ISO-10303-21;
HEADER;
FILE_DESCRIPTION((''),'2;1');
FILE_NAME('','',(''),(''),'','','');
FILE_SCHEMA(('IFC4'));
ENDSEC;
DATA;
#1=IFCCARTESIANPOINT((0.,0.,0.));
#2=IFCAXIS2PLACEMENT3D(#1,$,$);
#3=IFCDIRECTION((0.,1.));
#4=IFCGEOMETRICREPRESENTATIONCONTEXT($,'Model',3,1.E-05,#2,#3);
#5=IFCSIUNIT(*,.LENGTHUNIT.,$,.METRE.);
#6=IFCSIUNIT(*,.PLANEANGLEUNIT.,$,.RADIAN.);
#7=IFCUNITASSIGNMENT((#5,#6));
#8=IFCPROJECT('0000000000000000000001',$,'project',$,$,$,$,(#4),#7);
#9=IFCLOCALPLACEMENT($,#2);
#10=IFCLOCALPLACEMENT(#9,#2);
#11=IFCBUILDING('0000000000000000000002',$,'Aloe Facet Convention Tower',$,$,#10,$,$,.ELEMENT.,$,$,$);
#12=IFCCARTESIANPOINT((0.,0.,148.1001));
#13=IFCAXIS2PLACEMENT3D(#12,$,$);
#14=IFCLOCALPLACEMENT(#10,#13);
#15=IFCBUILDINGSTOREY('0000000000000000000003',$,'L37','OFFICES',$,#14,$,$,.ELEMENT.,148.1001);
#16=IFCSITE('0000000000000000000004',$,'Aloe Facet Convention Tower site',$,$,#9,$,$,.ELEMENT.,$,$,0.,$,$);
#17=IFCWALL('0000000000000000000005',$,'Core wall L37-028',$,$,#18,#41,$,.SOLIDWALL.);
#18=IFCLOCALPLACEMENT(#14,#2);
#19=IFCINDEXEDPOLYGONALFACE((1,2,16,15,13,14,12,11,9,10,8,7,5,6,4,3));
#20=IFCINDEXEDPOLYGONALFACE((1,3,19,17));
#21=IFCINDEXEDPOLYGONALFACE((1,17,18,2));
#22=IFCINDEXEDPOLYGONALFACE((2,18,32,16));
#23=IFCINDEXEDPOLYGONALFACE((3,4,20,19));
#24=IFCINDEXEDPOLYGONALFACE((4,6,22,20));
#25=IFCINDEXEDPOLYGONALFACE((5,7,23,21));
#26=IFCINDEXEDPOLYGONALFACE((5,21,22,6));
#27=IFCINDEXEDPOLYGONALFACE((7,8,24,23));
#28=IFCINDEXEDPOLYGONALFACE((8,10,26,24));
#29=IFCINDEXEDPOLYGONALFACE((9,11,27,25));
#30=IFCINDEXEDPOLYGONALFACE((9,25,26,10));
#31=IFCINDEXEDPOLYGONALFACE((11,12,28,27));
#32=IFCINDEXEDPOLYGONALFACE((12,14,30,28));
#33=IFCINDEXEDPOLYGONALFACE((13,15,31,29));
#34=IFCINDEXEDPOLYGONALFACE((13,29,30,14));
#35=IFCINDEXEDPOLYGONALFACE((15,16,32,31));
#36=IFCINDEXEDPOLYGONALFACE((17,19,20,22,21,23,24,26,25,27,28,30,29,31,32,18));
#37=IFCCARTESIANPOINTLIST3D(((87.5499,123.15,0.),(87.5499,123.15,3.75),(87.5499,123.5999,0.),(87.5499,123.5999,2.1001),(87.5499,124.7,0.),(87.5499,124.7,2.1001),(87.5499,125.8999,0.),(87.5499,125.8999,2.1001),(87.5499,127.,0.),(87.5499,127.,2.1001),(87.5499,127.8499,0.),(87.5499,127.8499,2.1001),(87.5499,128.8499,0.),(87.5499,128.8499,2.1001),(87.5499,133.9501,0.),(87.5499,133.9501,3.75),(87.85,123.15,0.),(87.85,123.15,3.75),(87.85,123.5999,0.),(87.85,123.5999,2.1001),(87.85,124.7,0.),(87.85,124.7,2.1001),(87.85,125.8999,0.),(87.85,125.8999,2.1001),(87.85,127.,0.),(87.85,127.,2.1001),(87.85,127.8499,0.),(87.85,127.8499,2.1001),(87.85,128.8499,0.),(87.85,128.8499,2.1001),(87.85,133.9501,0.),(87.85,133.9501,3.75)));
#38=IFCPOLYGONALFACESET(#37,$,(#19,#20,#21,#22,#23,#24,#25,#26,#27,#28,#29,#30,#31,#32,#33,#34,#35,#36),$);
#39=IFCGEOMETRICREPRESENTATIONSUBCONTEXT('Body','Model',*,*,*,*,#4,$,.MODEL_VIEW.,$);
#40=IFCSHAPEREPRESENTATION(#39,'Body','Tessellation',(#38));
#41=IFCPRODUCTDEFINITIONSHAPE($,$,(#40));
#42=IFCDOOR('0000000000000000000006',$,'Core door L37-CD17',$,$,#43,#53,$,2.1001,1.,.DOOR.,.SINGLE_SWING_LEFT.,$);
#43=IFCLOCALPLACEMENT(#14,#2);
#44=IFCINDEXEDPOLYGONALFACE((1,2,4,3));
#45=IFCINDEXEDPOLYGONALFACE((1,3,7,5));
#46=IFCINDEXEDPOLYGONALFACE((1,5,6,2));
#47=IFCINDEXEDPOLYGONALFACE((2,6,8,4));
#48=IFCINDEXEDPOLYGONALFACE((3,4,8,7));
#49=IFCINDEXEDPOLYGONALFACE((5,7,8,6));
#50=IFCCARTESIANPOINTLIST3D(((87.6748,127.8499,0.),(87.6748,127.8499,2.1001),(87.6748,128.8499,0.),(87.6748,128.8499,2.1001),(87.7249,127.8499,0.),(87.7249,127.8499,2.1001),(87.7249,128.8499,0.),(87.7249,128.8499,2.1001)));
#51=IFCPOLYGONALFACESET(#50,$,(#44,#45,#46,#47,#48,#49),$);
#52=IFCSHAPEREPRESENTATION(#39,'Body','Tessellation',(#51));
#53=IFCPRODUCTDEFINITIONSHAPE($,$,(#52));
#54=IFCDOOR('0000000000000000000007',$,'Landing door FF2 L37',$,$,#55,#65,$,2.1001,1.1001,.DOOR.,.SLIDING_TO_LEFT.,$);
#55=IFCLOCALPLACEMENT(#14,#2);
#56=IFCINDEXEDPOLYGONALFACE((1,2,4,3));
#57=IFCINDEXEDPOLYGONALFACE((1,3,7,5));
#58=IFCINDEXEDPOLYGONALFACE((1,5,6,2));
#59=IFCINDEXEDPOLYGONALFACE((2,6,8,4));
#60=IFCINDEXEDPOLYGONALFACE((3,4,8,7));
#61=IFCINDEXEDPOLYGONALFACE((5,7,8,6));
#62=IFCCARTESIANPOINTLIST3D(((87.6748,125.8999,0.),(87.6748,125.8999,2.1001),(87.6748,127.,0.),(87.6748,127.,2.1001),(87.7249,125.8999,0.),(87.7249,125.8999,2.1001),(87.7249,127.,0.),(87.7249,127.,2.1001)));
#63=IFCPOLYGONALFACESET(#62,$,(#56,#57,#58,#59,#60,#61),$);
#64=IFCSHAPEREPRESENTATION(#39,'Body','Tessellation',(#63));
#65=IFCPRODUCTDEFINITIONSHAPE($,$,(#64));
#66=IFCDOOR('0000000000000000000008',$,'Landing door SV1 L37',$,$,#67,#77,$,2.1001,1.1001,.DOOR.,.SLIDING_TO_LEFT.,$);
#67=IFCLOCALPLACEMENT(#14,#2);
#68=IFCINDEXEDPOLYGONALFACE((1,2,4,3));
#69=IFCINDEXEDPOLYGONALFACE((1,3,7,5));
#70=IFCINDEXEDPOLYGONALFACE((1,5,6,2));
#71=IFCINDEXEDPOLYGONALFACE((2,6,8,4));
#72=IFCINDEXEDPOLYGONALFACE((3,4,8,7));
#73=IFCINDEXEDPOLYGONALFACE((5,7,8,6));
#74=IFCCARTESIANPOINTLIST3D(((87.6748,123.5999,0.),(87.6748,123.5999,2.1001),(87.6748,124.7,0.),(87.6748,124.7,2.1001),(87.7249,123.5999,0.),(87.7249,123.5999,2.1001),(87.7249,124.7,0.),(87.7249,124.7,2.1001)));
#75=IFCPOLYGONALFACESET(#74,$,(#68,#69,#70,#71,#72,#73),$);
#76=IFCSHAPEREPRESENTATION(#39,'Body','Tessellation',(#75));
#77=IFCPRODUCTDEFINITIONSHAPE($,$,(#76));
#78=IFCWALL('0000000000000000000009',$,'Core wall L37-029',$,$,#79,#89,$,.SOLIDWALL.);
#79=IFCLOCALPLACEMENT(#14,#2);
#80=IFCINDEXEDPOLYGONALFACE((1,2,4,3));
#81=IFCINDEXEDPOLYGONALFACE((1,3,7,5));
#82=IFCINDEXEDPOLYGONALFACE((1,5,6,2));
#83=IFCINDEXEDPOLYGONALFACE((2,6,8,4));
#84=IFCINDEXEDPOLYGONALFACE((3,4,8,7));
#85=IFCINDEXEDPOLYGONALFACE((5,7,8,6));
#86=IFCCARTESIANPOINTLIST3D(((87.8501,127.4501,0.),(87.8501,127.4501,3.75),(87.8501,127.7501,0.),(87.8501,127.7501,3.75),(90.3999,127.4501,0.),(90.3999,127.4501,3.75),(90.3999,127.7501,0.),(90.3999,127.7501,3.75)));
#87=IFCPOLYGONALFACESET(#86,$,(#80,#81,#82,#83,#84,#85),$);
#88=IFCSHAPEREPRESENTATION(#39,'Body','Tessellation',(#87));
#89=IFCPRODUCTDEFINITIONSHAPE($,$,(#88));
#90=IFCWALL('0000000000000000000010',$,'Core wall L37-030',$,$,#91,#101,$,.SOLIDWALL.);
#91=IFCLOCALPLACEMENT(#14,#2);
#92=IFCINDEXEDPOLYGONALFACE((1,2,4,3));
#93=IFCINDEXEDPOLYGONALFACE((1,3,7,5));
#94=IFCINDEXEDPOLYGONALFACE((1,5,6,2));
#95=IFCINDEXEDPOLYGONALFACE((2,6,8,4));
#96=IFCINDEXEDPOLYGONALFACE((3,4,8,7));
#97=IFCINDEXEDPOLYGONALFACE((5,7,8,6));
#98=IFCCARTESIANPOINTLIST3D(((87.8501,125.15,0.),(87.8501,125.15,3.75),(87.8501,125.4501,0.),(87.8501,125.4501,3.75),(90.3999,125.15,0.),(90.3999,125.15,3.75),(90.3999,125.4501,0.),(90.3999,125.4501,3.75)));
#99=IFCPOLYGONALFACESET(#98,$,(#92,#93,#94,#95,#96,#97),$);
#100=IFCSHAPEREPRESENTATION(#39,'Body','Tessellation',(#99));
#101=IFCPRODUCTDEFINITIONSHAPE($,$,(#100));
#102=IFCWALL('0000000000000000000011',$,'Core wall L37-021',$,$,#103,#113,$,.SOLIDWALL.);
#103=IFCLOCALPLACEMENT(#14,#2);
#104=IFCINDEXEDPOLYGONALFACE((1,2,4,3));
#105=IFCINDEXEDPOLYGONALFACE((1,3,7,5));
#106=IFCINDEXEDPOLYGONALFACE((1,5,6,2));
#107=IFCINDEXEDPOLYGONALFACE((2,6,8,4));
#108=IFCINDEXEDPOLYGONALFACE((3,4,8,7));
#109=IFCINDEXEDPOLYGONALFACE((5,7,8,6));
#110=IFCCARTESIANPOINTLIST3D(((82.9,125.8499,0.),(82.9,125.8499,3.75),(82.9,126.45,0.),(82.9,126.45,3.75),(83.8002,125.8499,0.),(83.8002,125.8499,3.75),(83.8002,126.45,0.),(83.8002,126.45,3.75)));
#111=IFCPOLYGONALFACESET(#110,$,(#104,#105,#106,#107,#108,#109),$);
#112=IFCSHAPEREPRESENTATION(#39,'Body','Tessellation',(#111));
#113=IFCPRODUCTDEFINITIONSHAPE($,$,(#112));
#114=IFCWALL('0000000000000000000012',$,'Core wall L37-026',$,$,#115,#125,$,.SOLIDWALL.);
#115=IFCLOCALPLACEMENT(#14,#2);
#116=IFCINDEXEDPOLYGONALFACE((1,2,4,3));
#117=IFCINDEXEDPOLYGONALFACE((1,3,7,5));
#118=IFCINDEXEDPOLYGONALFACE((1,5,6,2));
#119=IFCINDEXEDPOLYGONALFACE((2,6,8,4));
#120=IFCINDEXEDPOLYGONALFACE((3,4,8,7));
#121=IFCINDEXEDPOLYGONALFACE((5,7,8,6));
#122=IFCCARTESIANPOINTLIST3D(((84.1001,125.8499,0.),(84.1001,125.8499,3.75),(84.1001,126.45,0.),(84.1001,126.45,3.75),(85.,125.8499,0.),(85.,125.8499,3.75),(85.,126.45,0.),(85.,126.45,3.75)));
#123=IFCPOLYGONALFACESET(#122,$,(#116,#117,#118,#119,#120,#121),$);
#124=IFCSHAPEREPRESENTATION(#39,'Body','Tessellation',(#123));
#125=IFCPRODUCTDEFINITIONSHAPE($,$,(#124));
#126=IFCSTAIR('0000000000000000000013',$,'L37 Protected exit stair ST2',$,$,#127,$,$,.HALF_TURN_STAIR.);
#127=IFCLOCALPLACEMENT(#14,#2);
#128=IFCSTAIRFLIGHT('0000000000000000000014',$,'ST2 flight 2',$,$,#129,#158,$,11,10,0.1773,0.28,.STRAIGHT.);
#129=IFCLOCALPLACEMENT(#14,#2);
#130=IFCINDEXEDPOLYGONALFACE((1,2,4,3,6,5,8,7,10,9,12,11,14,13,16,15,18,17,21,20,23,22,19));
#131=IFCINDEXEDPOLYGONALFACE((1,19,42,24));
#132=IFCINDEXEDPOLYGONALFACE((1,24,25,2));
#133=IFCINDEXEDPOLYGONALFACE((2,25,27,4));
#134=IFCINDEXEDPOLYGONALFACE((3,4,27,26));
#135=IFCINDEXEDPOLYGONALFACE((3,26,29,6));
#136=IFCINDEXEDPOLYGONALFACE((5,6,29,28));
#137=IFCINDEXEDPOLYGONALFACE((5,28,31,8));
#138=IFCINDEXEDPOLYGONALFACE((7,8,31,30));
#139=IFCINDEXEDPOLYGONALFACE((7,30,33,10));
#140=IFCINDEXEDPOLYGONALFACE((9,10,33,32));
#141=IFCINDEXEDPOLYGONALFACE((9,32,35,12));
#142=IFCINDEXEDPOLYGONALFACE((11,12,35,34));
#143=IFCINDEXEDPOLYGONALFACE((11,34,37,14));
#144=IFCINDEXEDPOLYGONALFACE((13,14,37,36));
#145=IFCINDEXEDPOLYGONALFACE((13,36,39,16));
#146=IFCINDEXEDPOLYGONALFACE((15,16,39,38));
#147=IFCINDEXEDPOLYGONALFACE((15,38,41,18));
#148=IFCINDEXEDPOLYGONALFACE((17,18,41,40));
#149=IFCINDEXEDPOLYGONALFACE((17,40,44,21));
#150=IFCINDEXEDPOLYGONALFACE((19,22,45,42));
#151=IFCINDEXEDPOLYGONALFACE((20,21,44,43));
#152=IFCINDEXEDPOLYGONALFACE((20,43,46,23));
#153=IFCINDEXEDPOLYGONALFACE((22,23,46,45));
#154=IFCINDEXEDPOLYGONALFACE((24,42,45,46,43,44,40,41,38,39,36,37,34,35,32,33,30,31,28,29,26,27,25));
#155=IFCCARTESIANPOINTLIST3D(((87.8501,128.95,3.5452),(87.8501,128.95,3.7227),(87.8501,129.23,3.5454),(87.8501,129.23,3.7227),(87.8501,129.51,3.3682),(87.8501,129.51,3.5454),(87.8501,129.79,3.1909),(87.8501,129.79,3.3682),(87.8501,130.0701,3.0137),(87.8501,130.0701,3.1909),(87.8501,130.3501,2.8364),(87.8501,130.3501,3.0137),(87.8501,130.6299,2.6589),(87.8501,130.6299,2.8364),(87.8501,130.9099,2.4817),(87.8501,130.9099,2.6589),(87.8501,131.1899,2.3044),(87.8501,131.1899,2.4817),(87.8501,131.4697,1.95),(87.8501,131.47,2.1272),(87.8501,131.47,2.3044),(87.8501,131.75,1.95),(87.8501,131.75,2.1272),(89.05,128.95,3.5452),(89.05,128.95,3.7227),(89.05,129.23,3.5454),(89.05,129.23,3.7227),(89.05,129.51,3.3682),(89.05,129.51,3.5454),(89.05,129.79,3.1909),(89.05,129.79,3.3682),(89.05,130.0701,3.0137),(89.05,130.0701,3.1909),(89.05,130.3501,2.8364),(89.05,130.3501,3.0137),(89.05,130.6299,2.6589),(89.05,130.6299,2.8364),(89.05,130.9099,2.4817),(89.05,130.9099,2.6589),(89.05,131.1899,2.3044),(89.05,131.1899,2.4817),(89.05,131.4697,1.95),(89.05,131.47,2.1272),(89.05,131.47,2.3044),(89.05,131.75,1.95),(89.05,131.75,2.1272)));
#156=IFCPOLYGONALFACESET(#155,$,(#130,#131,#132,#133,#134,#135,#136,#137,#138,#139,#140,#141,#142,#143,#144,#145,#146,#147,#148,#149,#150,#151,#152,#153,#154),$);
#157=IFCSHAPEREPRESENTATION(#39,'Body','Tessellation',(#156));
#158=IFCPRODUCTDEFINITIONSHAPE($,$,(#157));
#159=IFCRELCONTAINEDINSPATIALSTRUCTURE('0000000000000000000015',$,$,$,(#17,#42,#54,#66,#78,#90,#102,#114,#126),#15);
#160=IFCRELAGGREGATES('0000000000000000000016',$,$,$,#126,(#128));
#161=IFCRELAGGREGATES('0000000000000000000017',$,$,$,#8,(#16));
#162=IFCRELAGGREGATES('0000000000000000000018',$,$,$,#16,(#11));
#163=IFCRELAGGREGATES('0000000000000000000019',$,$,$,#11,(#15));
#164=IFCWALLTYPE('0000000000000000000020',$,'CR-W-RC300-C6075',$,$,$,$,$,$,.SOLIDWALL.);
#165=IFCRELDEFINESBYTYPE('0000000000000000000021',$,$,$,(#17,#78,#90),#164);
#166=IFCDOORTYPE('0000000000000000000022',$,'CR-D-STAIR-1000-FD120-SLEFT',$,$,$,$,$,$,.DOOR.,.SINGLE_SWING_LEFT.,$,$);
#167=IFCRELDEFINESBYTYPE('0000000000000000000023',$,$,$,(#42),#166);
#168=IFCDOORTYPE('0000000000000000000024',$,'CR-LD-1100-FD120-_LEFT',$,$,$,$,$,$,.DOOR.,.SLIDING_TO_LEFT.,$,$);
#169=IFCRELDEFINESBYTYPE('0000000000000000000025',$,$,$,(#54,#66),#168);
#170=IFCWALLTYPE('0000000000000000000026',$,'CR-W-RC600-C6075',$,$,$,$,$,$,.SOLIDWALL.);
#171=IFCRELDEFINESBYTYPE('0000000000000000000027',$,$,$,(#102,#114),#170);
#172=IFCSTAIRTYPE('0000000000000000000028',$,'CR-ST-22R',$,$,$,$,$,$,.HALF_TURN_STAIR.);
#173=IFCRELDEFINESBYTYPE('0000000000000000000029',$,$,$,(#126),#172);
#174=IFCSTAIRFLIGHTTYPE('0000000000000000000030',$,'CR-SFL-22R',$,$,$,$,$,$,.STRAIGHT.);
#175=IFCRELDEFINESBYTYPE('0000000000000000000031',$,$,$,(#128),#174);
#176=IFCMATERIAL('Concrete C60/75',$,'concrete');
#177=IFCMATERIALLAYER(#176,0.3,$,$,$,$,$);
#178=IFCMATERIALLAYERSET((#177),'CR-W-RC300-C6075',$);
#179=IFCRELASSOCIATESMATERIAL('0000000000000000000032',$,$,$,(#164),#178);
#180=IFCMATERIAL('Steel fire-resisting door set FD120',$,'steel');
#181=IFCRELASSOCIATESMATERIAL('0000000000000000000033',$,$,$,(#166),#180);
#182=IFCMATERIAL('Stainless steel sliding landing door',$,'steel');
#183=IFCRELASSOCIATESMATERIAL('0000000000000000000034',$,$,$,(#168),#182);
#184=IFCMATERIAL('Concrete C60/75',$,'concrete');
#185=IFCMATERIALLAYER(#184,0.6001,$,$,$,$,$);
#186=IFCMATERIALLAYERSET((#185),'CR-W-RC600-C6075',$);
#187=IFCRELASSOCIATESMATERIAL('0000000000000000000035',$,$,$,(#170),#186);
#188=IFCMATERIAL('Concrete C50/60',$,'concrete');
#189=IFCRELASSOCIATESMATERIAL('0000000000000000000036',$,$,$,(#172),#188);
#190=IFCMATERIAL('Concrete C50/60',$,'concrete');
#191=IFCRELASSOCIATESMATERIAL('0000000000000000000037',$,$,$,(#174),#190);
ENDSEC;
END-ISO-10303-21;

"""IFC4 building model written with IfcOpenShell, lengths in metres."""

from ifc_helpers import new_model, si_unit, direction, frame, frame_2d, origin, place, context, subcontext, project, spatial, polyline, rectangle, outline, extrude, material, layer, layer_set, type_object, element, fill, aggregate, save


model = new_model("IFC4")

# Units and contexts
model_context = context("Model", 3, precision=1e-05, world=origin(), true_north=direction((0.0, 1.0)))
body_context = subcontext(model_context, "Body", "Model", "MODEL_VIEW")
ifc_project = project(units=[si_unit("LENGTHUNIT", "METRE"), si_unit("PLANEANGLEUNIT", "RADIAN")], contexts=[model_context])

# Site, building, storey
site_placement = place(None, origin())
site = spatial("IfcSite", under=ifc_project, at=site_placement, Name="Aloe Facet Convention Tower site", CompositionType="ELEMENT", RefElevation=0.0)
building_placement = place(site_placement, origin())
building = spatial("IfcBuilding", under=site, at=building_placement, Name="Aloe Facet Convention Tower", CompositionType="ELEMENT")
storey_placement = place(building_placement, frame((0.0, 0.0, 148.1001)))
storey = spatial("IfcBuildingStorey", under=building, at=storey_placement, Name="L37", Description="OFFICES", CompositionType="ELEMENT", Elevation=148.1001)

# Shared definitions
ifc_material_1 = material(Name="Concrete C60/75", Category="concrete")
ifc_layer_1 = layer(ifc_material_1, 0.3)
ifc_layer_set_1 = layer_set([ifc_layer_1], Name="CR-W-RC300-C6075")
wall_type_1 = type_object("IfcWallType", Name="CR-W-RC300-C6075", PredefinedType="SOLIDWALL", material=ifc_layer_set_1)

# Shared definitions
ifc_material_2 = material(Name="Steel fire-resisting door set FD120", Category="steel")
door_type_1 = type_object("IfcDoorType", Name="CR-D-STAIR-1000-FD120-SLEFT", OperationType="SINGLE_SWING_LEFT", PredefinedType="DOOR", material=ifc_material_2)

# Wall, openings, doors
wall_1_placement = place(storey_placement, frame((87.7, 133.95, 0.0), z_axis=(0.0, 0.0, 1.0), x_axis=(0.0, -1.0, 0.0)))
wall_1 = element("IfcWall", 1, at=wall_1_placement, inside=storey, type_object=wall_type_1, Name="Core wall L37-028", PredefinedType="SOLIDWALL", context=body_context, shape_type="SweptSolid", body=[
    extrude(rectangle(XDim=10.8, YDim=0.3, at=frame_2d((5.3999, 0.0))), origin(), (0.0, 0.0, 1.0), 3.75),
])
opening_1_placement = place(wall_1_placement, frame((6.95, 0.0, 0.0)))
opening_1 = element("IfcOpeningElement", 2, at=opening_1_placement, cuts=wall_1, PredefinedType="OPENING", context=body_context, shape_type="SweptSolid", body=[
    extrude(rectangle(XDim=1.1001, YDim=2.1001, at=frame_2d((0.55, 1.05))), frame((0.0, 0.1602, 0.0), z_axis=(0.0, -1.0, 0.0), x_axis=(1.0, 0.0, 0.0)), (0.0, 0.0, 1.0), 0.3201),
])
opening_2_placement = place(wall_1_placement, frame((5.1001, 0.0, 0.0)))
opening_2 = element("IfcOpeningElement", 3, at=opening_2_placement, cuts=wall_1, PredefinedType="OPENING", context=body_context, shape_type="SweptSolid", body=[
    extrude(rectangle(XDim=1.0, YDim=2.1001, at=frame_2d((0.5, 1.05))), frame((0.0, 0.1602, 0.0), z_axis=(0.0, -1.0, 0.0), x_axis=(1.0, 0.0, 0.0)), (0.0, 0.0, 1.0), 0.3201),
])
opening_3_placement = place(wall_1_placement, frame((9.25, 0.0, 0.0)))
opening_3 = element("IfcOpeningElement", 4, at=opening_3_placement, cuts=wall_1, PredefinedType="OPENING", context=body_context, shape_type="SweptSolid", body=[
    extrude(rectangle(XDim=1.1001, YDim=2.1001, at=frame_2d((0.55, 1.05))), frame((0.0, 0.1602, 0.0), z_axis=(0.0, -1.0, 0.0), x_axis=(1.0, 0.0, 0.0)), (0.0, 0.0, 1.0), 0.3201),
])
door_1_placement = place(opening_2_placement, origin())
door_1 = element("IfcDoor", 5, at=door_1_placement, inside=storey, type_object=door_type_1, Name="Core door L37-CD17", OperationType="SINGLE_SWING_LEFT", OverallHeight=2.1001, OverallWidth=1.0, PredefinedType="DOOR", context=body_context, shape_type="SweptSolid", body=[
    extrude(rectangle(XDim=1.0, YDim=2.1001, at=frame_2d((0.5, 1.05))), frame((0.0, 0.0249, 0.0), z_axis=(0.0, -1.0, 0.0), x_axis=(1.0, 0.0, 0.0)), (0.0, 0.0, 1.0), 0.05),
])
fill(opening_2, door_1)
ifc_material_3 = material(Name="Stainless steel sliding landing door", Category="steel")
door_type_2 = type_object("IfcDoorType", Name="CR-LD-1100-FD120-_LEFT", OperationType="SLIDING_TO_LEFT", PredefinedType="DOOR", material=ifc_material_3)
door_2_placement = place(opening_1_placement, origin())
door_2 = element("IfcDoor", 6, at=door_2_placement, inside=storey, type_object=door_type_2, Name="Landing door FF2 L37", OperationType="SLIDING_TO_LEFT", OverallHeight=2.1001, OverallWidth=1.1001, PredefinedType="DOOR", context=body_context, shape_type="SweptSolid", body=[
    extrude(rectangle(XDim=1.1001, YDim=2.1001, at=frame_2d((0.55, 1.05))), frame((0.0, 0.0249, 0.0), z_axis=(0.0, -1.0, 0.0), x_axis=(1.0, 0.0, 0.0)), (0.0, 0.0, 1.0), 0.05),
])
fill(opening_1, door_2)
door_3_placement = place(opening_3_placement, origin())
door_3 = element("IfcDoor", 7, at=door_3_placement, inside=storey, type_object=door_type_2, Name="Landing door SV1 L37", OperationType="SLIDING_TO_LEFT", OverallHeight=2.1001, OverallWidth=1.1001, PredefinedType="DOOR", context=body_context, shape_type="SweptSolid", body=[
    extrude(rectangle(XDim=1.1001, YDim=2.1001, at=frame_2d((0.55, 1.05))), frame((0.0, 0.0249, 0.0), z_axis=(0.0, -1.0, 0.0), x_axis=(1.0, 0.0, 0.0)), (0.0, 0.0, 1.0), 0.05),
])
fill(opening_3, door_3)

# Walls
for number, where, z_axis, x_axis, name in (
    (8, (87.8501, 127.6001, 0.0), (0.0, 0.0, 1.0), (1.0, 0.0, 0.0), "Core wall L37-029"),
    (9, (87.8501, 125.3, 0.0), (0.0, 0.0, 1.0), (1.0, 0.0, 0.0), "Core wall L37-030"),
):
    element("IfcWall", number, at=place(storey_placement, frame(where, z_axis=z_axis, x_axis=x_axis)), inside=storey, type_object=wall_type_1, Name=name, PredefinedType="SOLIDWALL", context=body_context, shape_type="SweptSolid", body=[
        extrude(rectangle(XDim=2.5498, YDim=0.3, at=frame_2d((1.2749, 0.0))), origin(), (0.0, 0.0, 1.0), 3.75),
    ])
ifc_material_4 = material(Name="Concrete C60/75", Category="concrete")
ifc_layer_2 = layer(ifc_material_4, 0.6001)
ifc_layer_set_2 = layer_set([ifc_layer_2], Name="CR-W-RC600-C6075")
wall_type_2 = type_object("IfcWallType", Name="CR-W-RC600-C6075", PredefinedType="SOLIDWALL", material=ifc_layer_set_2)
wall_2_placement = place(storey_placement, frame((82.8999, 126.1499, 0.0), z_axis=(0.0, 0.0, 1.0), x_axis=(1.0, 0.0, 0.0)))
element("IfcWall", 10, at=wall_2_placement, inside=storey, type_object=wall_type_2, Name="Core wall L37-021", PredefinedType="SOLIDWALL", context=body_context, shape_type="SweptSolid", body=[
    extrude(rectangle(XDim=0.9001, YDim=0.6001, at=frame_2d((0.4502, 0.0))), origin(), (0.0, 0.0, 1.0), 3.75),
])
wall_3_placement = place(storey_placement, frame((84.1001, 126.1499, 0.0), z_axis=(0.0, 0.0, 1.0), x_axis=(1.0, 0.0, 0.0)))
element("IfcWall", 11, at=wall_3_placement, inside=storey, type_object=wall_type_2, Name="Core wall L37-026", PredefinedType="SOLIDWALL", context=body_context, shape_type="SweptSolid", body=[
    extrude(rectangle(XDim=0.8999, YDim=0.6001, at=frame_2d((0.45, 0.0))), origin(), (0.0, 0.0, 1.0), 3.75),
])

# Stair, stair flight
ifc_material_5 = material(Name="Concrete C50/60", Category="concrete")
stair_type = type_object("IfcStairType", Name="CR-ST-22R", PredefinedType="HALF_TURN_STAIR", material=ifc_material_5)
stair_1_placement = place(storey_placement, origin())
stair_1 = element("IfcStair", 12, at=stair_1_placement, inside=storey, type_object=stair_type, Name="L37 Protected exit stair ST2", PredefinedType="HALF_TURN_STAIR")
ifc_material_6 = material(Name="Concrete C50/60", Category="concrete")
stair_flight_type = type_object("IfcStairFlightType", Name="CR-SFL-22R", PredefinedType="STRAIGHT", material=ifc_material_6)
stair_flight_1_placement = place(storey_placement, frame((88.45, 131.75, 1.95), z_axis=(0.0, 0.0, 1.0), x_axis=(0.0, -1.0, 0.0)))
stair_flight_1 = element("IfcStairFlight", 13, at=stair_flight_1_placement, type_object=stair_flight_type, Name="ST2 flight 2", NumberOfRisers=11, NumberOfTreads=10, PredefinedType="STRAIGHT", RiserHeight=0.1773, TreadLength=0.28, context=body_context, shape_type="SweptSolid", body=[
    extrude(outline(polyline([(0.0, 0.0), (0.0, 0.1772), (0.28, 0.1772), (0.28, 0.3545), (0.5601, 0.3545), (0.5601, 0.5317), (0.8401, 0.5317), (0.8401, 0.709), (1.1201, 0.709), (1.1201, 0.8865), (1.3999, 0.8865), (1.3999, 1.0637), (1.6799, 1.0637), (1.6799, 1.241), (1.96, 1.241), (1.96, 1.4182), (2.24, 1.4182), (2.24, 1.5955), (2.52, 1.5955), (2.52, 1.7727), (2.8, 1.7727), (2.8, 1.95), (2.8, 1.5952), (0.2803, 0.0), (0.0, 0.0)])), frame((0.0, 0.6001, 0.0), z_axis=(0.0, -1.0, 0.0), x_axis=(1.0, 0.0, 0.0)), (0.0, 0.0, 1.0), 1.2),
])
aggregate(stair_1, [stair_flight_1])

save(model, "model.ifc")
